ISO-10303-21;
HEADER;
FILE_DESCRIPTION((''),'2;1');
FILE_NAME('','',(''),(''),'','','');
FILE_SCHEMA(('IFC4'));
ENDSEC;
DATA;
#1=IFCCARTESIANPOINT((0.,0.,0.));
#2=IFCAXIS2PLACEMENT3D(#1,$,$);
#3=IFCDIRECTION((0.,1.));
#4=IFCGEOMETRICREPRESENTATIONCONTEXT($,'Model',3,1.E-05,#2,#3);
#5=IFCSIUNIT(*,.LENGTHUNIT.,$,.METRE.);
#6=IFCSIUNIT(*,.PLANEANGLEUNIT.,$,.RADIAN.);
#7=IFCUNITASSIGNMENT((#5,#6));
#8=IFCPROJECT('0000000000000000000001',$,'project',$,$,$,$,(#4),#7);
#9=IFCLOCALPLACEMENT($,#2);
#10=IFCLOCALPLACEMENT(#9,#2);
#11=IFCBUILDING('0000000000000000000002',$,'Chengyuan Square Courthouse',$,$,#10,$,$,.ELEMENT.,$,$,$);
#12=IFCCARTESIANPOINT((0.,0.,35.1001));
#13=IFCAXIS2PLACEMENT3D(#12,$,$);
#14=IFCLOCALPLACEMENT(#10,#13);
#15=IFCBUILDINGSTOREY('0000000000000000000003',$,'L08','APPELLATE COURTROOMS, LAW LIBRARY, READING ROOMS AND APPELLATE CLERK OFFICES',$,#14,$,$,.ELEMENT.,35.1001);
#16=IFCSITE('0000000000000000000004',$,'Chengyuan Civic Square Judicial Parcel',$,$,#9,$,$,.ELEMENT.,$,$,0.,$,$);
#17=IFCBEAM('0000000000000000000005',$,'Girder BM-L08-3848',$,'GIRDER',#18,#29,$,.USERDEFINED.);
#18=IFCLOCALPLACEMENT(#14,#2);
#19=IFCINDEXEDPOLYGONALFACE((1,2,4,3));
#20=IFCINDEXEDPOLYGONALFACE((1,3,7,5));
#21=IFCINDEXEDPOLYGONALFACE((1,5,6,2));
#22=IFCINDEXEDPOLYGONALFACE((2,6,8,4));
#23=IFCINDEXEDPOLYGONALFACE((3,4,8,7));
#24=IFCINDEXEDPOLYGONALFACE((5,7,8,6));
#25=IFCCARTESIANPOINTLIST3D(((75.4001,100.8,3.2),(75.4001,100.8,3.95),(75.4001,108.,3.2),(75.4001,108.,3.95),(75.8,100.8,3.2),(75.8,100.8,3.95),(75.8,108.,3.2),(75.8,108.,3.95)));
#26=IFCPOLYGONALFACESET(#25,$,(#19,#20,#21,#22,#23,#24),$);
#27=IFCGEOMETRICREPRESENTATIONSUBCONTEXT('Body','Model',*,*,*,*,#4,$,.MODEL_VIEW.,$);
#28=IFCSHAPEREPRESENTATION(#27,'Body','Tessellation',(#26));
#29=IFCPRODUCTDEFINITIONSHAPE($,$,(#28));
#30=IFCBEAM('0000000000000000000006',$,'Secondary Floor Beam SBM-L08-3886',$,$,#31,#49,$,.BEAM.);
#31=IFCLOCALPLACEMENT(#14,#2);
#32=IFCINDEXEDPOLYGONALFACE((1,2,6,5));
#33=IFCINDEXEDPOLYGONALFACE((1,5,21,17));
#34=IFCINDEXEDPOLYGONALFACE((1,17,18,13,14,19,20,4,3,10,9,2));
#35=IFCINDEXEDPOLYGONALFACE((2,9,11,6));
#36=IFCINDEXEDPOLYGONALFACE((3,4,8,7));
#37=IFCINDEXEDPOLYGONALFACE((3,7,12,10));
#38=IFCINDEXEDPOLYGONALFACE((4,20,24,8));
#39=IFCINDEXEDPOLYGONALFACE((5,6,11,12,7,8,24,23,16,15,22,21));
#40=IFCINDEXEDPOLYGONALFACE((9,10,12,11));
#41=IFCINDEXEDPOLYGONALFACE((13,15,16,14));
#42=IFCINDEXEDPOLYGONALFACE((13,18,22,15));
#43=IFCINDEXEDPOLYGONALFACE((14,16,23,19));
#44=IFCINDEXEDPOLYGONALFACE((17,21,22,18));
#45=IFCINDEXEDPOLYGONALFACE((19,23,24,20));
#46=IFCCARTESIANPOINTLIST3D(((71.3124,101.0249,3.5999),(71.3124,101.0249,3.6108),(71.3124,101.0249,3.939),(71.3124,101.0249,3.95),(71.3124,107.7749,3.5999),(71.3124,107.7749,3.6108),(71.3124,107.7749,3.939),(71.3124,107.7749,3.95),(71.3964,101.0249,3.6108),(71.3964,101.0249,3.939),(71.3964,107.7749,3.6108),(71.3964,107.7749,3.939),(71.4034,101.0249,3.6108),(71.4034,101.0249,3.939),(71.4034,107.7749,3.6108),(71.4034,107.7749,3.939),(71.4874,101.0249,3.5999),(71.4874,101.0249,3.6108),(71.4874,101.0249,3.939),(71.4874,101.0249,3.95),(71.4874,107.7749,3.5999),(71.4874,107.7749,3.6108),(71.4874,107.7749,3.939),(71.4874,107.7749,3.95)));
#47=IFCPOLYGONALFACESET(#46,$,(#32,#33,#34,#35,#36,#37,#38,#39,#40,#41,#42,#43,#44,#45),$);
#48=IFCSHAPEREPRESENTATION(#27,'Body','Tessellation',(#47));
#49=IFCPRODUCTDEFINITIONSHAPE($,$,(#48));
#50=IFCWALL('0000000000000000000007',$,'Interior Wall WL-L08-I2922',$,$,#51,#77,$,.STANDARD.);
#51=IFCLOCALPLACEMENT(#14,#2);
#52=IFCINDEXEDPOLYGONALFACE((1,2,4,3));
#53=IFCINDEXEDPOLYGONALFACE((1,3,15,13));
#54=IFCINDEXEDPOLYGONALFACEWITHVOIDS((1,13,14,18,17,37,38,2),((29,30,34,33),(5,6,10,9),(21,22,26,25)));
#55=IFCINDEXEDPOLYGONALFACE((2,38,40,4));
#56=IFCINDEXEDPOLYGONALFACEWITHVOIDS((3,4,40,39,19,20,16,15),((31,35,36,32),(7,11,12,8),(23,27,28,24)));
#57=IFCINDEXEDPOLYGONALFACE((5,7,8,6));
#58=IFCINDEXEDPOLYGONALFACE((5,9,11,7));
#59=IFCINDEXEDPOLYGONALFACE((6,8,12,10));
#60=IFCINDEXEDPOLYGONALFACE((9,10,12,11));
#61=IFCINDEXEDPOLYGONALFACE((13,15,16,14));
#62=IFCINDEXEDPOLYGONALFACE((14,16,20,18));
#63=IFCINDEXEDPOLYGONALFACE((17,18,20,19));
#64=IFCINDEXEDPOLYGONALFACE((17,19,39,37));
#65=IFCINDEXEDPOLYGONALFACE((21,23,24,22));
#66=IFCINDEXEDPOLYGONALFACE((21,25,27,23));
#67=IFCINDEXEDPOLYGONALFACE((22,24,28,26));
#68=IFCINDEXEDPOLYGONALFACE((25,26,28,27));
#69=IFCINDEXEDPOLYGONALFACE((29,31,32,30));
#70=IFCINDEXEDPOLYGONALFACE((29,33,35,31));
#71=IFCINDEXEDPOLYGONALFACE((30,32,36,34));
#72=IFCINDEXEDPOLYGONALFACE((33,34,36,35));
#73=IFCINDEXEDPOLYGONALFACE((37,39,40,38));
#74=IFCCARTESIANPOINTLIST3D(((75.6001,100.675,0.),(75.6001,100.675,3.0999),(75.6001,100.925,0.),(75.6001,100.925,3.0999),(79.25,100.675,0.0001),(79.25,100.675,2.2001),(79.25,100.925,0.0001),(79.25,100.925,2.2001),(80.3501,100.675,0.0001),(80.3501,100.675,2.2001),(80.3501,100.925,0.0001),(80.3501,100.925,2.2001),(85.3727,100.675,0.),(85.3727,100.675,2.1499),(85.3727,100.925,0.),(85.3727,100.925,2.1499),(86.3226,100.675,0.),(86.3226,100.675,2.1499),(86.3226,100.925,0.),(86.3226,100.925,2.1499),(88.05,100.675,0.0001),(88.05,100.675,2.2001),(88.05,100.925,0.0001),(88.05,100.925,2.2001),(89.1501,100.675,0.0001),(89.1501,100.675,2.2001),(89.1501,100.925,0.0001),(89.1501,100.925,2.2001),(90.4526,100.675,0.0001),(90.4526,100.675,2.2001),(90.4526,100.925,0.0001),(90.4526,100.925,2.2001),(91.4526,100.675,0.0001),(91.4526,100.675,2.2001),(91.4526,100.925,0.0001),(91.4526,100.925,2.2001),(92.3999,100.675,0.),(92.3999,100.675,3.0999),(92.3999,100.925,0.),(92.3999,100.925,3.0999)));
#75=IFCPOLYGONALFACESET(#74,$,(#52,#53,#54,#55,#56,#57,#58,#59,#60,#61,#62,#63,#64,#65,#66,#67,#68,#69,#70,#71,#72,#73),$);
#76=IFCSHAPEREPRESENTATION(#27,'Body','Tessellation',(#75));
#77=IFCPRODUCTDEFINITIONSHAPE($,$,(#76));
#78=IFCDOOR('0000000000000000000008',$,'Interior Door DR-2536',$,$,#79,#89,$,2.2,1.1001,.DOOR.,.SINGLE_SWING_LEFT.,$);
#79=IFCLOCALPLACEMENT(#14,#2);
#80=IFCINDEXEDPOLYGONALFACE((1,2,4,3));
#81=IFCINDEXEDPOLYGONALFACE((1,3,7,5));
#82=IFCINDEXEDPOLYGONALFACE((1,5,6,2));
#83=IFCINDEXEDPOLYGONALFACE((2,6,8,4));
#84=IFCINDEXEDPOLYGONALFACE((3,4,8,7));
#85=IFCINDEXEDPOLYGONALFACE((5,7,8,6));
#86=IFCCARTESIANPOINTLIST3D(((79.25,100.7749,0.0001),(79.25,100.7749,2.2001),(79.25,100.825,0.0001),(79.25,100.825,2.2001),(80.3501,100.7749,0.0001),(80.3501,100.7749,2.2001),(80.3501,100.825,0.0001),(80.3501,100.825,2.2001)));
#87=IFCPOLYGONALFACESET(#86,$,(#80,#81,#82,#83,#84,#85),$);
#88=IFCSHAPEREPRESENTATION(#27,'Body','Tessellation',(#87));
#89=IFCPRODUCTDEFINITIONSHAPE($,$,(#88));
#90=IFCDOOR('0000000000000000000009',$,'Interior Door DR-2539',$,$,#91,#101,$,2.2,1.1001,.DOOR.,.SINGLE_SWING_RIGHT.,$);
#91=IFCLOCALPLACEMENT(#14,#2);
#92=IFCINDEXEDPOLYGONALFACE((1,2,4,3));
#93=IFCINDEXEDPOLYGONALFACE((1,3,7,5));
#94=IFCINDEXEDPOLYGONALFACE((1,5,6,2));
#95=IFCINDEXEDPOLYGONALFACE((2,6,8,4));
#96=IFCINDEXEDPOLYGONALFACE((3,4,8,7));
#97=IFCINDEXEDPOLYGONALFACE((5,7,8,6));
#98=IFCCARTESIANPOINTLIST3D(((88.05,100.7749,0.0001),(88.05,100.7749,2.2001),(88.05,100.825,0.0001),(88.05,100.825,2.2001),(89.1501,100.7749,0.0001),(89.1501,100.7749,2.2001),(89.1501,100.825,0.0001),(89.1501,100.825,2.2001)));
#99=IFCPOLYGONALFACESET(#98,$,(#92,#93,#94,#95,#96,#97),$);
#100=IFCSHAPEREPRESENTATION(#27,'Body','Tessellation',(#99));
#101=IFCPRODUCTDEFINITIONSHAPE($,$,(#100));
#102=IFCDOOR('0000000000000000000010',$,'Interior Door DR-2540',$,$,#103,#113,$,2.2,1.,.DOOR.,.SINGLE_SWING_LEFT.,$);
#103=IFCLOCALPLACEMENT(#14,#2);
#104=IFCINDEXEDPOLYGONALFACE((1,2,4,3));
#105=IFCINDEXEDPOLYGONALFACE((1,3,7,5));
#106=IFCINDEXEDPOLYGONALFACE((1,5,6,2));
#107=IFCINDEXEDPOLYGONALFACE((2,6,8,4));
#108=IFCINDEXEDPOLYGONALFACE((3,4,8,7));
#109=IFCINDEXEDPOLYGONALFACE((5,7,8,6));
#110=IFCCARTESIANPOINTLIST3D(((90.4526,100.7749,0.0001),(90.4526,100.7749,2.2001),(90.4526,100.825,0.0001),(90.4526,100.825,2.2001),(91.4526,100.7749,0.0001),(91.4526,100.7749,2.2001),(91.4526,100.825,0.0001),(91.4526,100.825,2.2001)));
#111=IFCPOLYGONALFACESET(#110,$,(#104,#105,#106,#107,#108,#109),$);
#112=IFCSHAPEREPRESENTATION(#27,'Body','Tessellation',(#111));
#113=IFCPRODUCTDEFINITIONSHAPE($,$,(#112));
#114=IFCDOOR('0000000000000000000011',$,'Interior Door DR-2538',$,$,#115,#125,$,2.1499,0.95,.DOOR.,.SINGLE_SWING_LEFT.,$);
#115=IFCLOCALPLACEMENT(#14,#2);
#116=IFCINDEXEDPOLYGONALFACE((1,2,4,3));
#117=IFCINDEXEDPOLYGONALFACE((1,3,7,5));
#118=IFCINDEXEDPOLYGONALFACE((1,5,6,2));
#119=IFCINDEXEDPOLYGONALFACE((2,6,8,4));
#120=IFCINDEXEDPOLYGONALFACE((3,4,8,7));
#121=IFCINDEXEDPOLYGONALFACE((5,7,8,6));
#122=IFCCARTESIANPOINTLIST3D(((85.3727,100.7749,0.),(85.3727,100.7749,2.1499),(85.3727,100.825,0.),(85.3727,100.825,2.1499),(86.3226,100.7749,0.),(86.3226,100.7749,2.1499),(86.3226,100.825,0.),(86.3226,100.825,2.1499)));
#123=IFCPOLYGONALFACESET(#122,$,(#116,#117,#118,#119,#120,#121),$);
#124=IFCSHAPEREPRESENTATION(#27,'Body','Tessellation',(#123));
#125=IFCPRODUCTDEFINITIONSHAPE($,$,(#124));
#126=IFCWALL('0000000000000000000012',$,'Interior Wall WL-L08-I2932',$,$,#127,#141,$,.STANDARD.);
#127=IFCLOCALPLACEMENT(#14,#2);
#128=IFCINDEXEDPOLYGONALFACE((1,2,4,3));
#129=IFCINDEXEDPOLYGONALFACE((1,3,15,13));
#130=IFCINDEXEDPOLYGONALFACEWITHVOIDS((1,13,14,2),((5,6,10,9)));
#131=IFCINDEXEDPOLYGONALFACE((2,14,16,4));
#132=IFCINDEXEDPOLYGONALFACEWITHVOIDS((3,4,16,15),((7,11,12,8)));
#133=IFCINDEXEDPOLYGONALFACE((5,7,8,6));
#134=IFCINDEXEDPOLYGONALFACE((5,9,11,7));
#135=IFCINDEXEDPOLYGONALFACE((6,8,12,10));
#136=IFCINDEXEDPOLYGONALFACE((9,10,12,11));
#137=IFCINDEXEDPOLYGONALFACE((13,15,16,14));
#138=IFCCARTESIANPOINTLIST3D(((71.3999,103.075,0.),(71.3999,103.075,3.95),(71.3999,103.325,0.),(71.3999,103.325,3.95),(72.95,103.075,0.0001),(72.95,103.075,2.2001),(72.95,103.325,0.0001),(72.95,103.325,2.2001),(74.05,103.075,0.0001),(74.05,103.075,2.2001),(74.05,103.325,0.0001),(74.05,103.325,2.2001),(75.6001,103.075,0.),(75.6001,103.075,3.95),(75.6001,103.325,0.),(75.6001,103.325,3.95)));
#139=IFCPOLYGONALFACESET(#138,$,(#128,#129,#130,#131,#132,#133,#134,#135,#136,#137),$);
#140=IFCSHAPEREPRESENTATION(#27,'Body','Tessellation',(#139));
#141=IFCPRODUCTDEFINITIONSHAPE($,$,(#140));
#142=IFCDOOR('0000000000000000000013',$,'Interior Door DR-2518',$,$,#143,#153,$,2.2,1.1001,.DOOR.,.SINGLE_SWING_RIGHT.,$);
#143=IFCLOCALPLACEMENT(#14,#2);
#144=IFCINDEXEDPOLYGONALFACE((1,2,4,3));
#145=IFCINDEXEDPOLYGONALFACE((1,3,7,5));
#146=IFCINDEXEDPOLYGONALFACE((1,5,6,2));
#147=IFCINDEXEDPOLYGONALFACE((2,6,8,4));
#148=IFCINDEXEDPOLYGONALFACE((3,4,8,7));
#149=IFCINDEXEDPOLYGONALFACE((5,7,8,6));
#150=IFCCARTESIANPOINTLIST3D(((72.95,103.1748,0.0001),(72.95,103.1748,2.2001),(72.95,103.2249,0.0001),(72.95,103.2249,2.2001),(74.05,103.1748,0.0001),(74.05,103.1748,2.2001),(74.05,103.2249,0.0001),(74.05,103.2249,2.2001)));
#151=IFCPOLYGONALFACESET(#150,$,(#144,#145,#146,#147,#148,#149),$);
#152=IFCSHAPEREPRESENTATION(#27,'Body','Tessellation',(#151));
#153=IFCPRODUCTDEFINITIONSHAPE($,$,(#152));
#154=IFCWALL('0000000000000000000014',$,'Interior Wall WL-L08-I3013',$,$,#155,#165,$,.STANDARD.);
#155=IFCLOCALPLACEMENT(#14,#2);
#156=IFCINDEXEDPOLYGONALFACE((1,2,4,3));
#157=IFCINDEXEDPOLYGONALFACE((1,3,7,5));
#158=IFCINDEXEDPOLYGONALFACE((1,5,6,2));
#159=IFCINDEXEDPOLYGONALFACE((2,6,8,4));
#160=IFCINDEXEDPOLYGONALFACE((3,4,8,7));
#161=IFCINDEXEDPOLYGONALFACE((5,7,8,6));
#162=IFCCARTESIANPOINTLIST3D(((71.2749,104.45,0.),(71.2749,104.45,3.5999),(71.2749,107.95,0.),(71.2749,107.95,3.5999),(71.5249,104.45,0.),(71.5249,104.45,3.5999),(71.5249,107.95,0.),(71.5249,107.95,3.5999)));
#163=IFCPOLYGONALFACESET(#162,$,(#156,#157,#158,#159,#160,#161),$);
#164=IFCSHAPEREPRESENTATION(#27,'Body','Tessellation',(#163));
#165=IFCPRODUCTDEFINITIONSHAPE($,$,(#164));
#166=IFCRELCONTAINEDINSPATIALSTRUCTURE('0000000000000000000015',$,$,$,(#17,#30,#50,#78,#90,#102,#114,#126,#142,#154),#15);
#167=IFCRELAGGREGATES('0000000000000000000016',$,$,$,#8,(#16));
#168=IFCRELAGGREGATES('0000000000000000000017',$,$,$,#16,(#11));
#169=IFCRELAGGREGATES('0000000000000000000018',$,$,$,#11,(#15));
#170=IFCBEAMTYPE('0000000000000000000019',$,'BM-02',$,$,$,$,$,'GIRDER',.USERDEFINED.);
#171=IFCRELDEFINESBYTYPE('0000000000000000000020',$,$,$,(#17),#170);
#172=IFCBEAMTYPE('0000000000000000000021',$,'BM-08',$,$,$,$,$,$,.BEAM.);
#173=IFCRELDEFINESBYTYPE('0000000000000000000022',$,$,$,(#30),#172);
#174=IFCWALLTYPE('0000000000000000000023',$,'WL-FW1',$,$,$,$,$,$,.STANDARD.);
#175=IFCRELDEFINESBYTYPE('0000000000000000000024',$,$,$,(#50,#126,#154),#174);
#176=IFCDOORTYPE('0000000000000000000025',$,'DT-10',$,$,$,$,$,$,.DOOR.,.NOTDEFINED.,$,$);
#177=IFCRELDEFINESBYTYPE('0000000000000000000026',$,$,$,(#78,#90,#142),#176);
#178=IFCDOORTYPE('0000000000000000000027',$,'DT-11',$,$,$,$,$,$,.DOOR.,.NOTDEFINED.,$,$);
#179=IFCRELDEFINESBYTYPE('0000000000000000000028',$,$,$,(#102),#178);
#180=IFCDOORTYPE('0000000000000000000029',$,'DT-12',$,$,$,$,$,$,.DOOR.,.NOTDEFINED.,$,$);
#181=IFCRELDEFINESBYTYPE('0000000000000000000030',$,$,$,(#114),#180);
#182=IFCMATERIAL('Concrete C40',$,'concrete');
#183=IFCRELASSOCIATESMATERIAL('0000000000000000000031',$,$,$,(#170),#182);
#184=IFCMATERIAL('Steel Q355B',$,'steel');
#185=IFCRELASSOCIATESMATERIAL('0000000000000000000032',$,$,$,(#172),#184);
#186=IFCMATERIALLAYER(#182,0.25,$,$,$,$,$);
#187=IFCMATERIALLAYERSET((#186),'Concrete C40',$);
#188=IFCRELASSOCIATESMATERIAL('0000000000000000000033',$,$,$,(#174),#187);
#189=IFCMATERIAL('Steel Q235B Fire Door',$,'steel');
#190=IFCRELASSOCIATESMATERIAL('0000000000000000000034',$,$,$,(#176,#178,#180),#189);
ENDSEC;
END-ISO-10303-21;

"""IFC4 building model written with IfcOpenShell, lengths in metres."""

from ifc_helpers import new_model, si_unit, direction, frame, frame_2d, origin, origin_2d, place, context, subcontext, project, spatial, rectangle, i_section, extrude, material, layer, layer_set, material_profile, profile_set, type_object, element, fill, save


model = new_model("IFC4")

# Units and contexts
model_context = context("Model", 3, precision=1e-05, world=origin(), true_north=direction((0.0, 1.0)))
body_context = subcontext(model_context, "Body", "Model", "MODEL_VIEW")
ifc_project = project(units=[si_unit("LENGTHUNIT", "METRE"), si_unit("PLANEANGLEUNIT", "RADIAN")], contexts=[model_context])

# Site, building, storey
site_placement = place(None, origin())
site = spatial("IfcSite", under=ifc_project, at=site_placement, Name="Chengyuan Civic Square Judicial Parcel", CompositionType="ELEMENT", RefElevation=0.0)
building_placement = place(site_placement, origin())
building = spatial("IfcBuilding", under=site, at=building_placement, Name="Chengyuan Square Courthouse", CompositionType="ELEMENT")
storey_placement = place(building_placement, frame((0.0, 0.0, 35.1001)))
storey = spatial("IfcBuildingStorey", under=building, at=storey_placement, Name="L08", Description="APPELLATE COURTROOMS, LAW LIBRARY, READING ROOMS AND APPELLATE CLERK OFFICES", CompositionType="ELEMENT", Elevation=35.1001)

# Beams
ifc_material_1 = material(Name="Concrete C40", Category="concrete")
ifc_material_profile_1 = material_profile(ifc_material_1, rectangle(XDim=0.3999, YDim=0.75, at=origin_2d()), Name="RC-BM-400x750")
ifc_profile_set_1 = profile_set([ifc_material_profile_1], Name="Concrete C40")
beam_type_1 = type_object("IfcBeamType", Name="BM-02", ElementType="GIRDER", PredefinedType="USERDEFINED", material=ifc_profile_set_1)
beam_1_placement = place(storey_placement, frame((75.6001, 100.8, 3.575), z_axis=(0.0, 1.0, 0.0), x_axis=(-1.0, 0.0, 0.0)))
element("IfcBeam", 1, at=beam_1_placement, inside=storey, type_object=beam_type_1, Name="Girder BM-L08-3848", ObjectType="GIRDER", PredefinedType="USERDEFINED", context=body_context, shape_type="SweptSolid", body=[
    extrude(rectangle(XDim=0.3999, YDim=0.75, at=origin_2d()), origin(), (0.0, 0.0, 1.0), 7.2),
])
ifc_material_2 = material(Name="Steel Q355B", Category="steel")
ifc_material_profile_2 = material_profile(ifc_material_2, i_section(OverallWidth=0.175, OverallDepth=0.3501, WebThickness=0.0071, FlangeThickness=0.011, at=origin_2d()), Name="HN 350x175x7x11")
ifc_profile_set_2 = profile_set([ifc_material_profile_2], Name="Steel Q355B")
beam_type_2 = type_object("IfcBeamType", Name="BM-08", PredefinedType="BEAM", material=ifc_profile_set_2)
beam_2_placement = place(storey_placement, frame((71.3999, 101.0249, 3.7749), z_axis=(0.0, 1.0, 0.0), x_axis=(-1.0, 0.0, 0.0)))
element("IfcBeam", 2, at=beam_2_placement, inside=storey, type_object=beam_type_2, Name="Secondary Floor Beam SBM-L08-3886", PredefinedType="BEAM", context=body_context, shape_type="SweptSolid", body=[
    extrude(i_section(OverallWidth=0.175, OverallDepth=0.3501, WebThickness=0.0071, FlangeThickness=0.011, at=origin_2d()), origin(), (0.0, 0.0, 1.0), 6.75),
])

# Wall, openings, doors
ifc_layer_1 = layer(ifc_material_1, 0.25)
ifc_layer_set_1 = layer_set([ifc_layer_1], Name="Concrete C40")
wall_type_1 = type_object("IfcWallType", Name="WL-FW1", PredefinedType="STANDARD", material=ifc_layer_set_1)
wall_1_placement = place(storey_placement, frame((75.6001, 100.8, 0.0), z_axis=(0.0, 0.0, 1.0), x_axis=(1.0, 0.0, 0.0)))
wall_1 = element("IfcWall", 3, at=wall_1_placement, inside=storey, type_object=wall_type_1, Name="Interior Wall WL-L08-I2922", PredefinedType="STANDARD", context=body_context, shape_type="SweptSolid", body=[
    extrude(rectangle(XDim=16.7998, YDim=0.25, at=frame_2d((8.3999, 0.0))), origin(), (0.0, 0.0, 1.0), 3.0999),
])
opening_1_placement = place(wall_1_placement, frame((3.6499, 0.0, 0.0)))
opening_1 = element("IfcOpeningElement", 4, at=opening_1_placement, cuts=wall_1, PredefinedType="OPENING", context=body_context, shape_type="SweptSolid", body=[
    extrude(rectangle(XDim=1.1001, YDim=2.2, at=frame_2d((0.55, 1.1001))), frame((0.0, 0.137, 0.0), z_axis=(0.0, -1.0, 0.0), x_axis=(1.0, 0.0, 0.0)), (0.0, 0.0, 1.0), 0.2739),
])
opening_2_placement = place(wall_1_placement, frame((9.7725, 0.0, 0.0)))
opening_2 = element("IfcOpeningElement", 5, at=opening_2_placement, cuts=wall_1, PredefinedType="OPENING", context=body_context, shape_type="SweptSolid", body=[
    extrude(rectangle(XDim=0.95, YDim=2.1499, at=frame_2d((0.4751, 1.075))), frame((0.0, 0.137, 0.0), z_axis=(0.0, -1.0, 0.0), x_axis=(1.0, 0.0, 0.0)), (0.0, 0.0, 1.0), 0.2739),
])
opening_3_placement = place(wall_1_placement, frame((12.45, 0.0, 0.0)))
opening_3 = element("IfcOpeningElement", 6, at=opening_3_placement, cuts=wall_1, PredefinedType="OPENING", context=body_context, shape_type="SweptSolid", body=[
    extrude(rectangle(XDim=1.1001, YDim=2.2, at=frame_2d((0.55, 1.1001))), frame((0.0, 0.137, 0.0), z_axis=(0.0, -1.0, 0.0), x_axis=(1.0, 0.0, 0.0)), (0.0, 0.0, 1.0), 0.2739),
])
opening_4_placement = place(wall_1_placement, frame((14.8525, 0.0, 0.0)))
opening_4 = element("IfcOpeningElement", 7, at=opening_4_placement, cuts=wall_1, PredefinedType="OPENING", context=body_context, shape_type="SweptSolid", body=[
    extrude(rectangle(XDim=1.0, YDim=2.2, at=frame_2d((0.5, 1.1001))), frame((0.0, 0.137, 0.0), z_axis=(0.0, -1.0, 0.0), x_axis=(1.0, 0.0, 0.0)), (0.0, 0.0, 1.0), 0.2739),
])
ifc_material_3 = material(Name="Steel Q235B Fire Door", Category="steel")
door_type_1 = type_object("IfcDoorType", Name="DT-10", OperationType="NOTDEFINED", PredefinedType="DOOR", material=ifc_material_3)
door_1_placement = place(opening_1_placement, origin())
door_1 = element("IfcDoor", 8, at=door_1_placement, inside=storey, type_object=door_type_1, Name="Interior Door DR-2536", OperationType="SINGLE_SWING_LEFT", OverallHeight=2.2, OverallWidth=1.1001, PredefinedType="DOOR", context=body_context, shape_type="SweptSolid", body=[
    extrude(rectangle(XDim=1.1001, YDim=2.2, at=frame_2d((0.55, 1.1001))), frame((0.0, 0.0249, 0.0), z_axis=(0.0, -1.0, 0.0), x_axis=(1.0, 0.0, 0.0)), (0.0, 0.0, 1.0), 0.05),
])
fill(opening_1, door_1)
door_2_placement = place(opening_3_placement, origin())
door_2 = element("IfcDoor", 9, at=door_2_placement, inside=storey, type_object=door_type_1, Name="Interior Door DR-2539", OperationType="SINGLE_SWING_RIGHT", OverallHeight=2.2, OverallWidth=1.1001, PredefinedType="DOOR", context=body_context, shape_type="SweptSolid", body=[
    extrude(rectangle(XDim=1.1001, YDim=2.2, at=frame_2d((0.55, 1.1001))), frame((0.0, 0.0249, 0.0), z_axis=(0.0, -1.0, 0.0), x_axis=(1.0, 0.0, 0.0)), (0.0, 0.0, 1.0), 0.05),
])
fill(opening_3, door_2)
door_type_2 = type_object("IfcDoorType", Name="DT-11", OperationType="NOTDEFINED", PredefinedType="DOOR", material=ifc_material_3)
door_3_placement = place(opening_4_placement, origin())
door_3 = element("IfcDoor", 10, at=door_3_placement, inside=storey, type_object=door_type_2, Name="Interior Door DR-2540", OperationType="SINGLE_SWING_LEFT", OverallHeight=2.2, OverallWidth=1.0, PredefinedType="DOOR", context=body_context, shape_type="SweptSolid", body=[
    extrude(rectangle(XDim=1.0, YDim=2.2, at=frame_2d((0.5, 1.1001))), frame((0.0, 0.0249, 0.0), z_axis=(0.0, -1.0, 0.0), x_axis=(1.0, 0.0, 0.0)), (0.0, 0.0, 1.0), 0.05),
])
fill(opening_4, door_3)
door_type_3 = type_object("IfcDoorType", Name="DT-12", OperationType="NOTDEFINED", PredefinedType="DOOR", material=ifc_material_3)
door_4_placement = place(opening_2_placement, origin())
door_4 = element("IfcDoor", 11, at=door_4_placement, inside=storey, type_object=door_type_3, Name="Interior Door DR-2538", OperationType="SINGLE_SWING_LEFT", OverallHeight=2.1499, OverallWidth=0.95, PredefinedType="DOOR", context=body_context, shape_type="SweptSolid", body=[
    extrude(rectangle(XDim=0.95, YDim=2.1499, at=frame_2d((0.4751, 1.075))), frame((0.0, 0.0249, 0.0), z_axis=(0.0, -1.0, 0.0), x_axis=(1.0, 0.0, 0.0)), (0.0, 0.0, 1.0), 0.05),
])
fill(opening_2, door_4)

# Wall, opening, door
wall_2_placement = place(storey_placement, frame((71.3999, 103.2, 0.0), z_axis=(0.0, 0.0, 1.0), x_axis=(1.0, 0.0, 0.0)))
wall_2 = element("IfcWall", 12, at=wall_2_placement, inside=storey, type_object=wall_type_1, Name="Interior Wall WL-L08-I2932", PredefinedType="STANDARD", context=body_context, shape_type="SweptSolid", body=[
    extrude(rectangle(XDim=4.2002, YDim=0.25, at=frame_2d((2.1001, 0.0))), origin(), (0.0, 0.0, 1.0), 3.95),
])
opening_5_placement = place(wall_2_placement, frame((1.55, 0.0, 0.0)))
opening_5 = element("IfcOpeningElement", 13, at=opening_5_placement, cuts=wall_2, PredefinedType="OPENING", context=body_context, shape_type="SweptSolid", body=[
    extrude(rectangle(XDim=1.1001, YDim=2.2, at=frame_2d((0.55, 1.1001))), frame((0.0, 0.137, 0.0), z_axis=(0.0, -1.0, 0.0), x_axis=(1.0, 0.0, 0.0)), (0.0, 0.0, 1.0), 0.2739),
])
door_5_placement = place(opening_5_placement, origin())
door_5 = element("IfcDoor", 14, at=door_5_placement, inside=storey, type_object=door_type_1, Name="Interior Door DR-2518", OperationType="SINGLE_SWING_RIGHT", OverallHeight=2.2, OverallWidth=1.1001, PredefinedType="DOOR", context=body_context, shape_type="SweptSolid", body=[
    extrude(rectangle(XDim=1.1001, YDim=2.2, at=frame_2d((0.55, 1.1001))), frame((0.0, 0.0249, 0.0), z_axis=(0.0, -1.0, 0.0), x_axis=(1.0, 0.0, 0.0)), (0.0, 0.0, 1.0), 0.05),
])
fill(opening_5, door_5)

# Wall
wall_3_placement = place(storey_placement, frame((71.3999, 104.45, 0.0), z_axis=(0.0, 0.0, 1.0), x_axis=(0.0, 1.0, 0.0)))
element("IfcWall", 15, at=wall_3_placement, inside=storey, type_object=wall_type_1, Name="Interior Wall WL-L08-I3013", PredefinedType="STANDARD", context=body_context, shape_type="SweptSolid", body=[
    extrude(rectangle(XDim=3.5, YDim=0.25, at=frame_2d((1.75, 0.0))), origin(), (0.0, 0.0, 1.0), 3.5999),
])

save(model, "model.ifc")
